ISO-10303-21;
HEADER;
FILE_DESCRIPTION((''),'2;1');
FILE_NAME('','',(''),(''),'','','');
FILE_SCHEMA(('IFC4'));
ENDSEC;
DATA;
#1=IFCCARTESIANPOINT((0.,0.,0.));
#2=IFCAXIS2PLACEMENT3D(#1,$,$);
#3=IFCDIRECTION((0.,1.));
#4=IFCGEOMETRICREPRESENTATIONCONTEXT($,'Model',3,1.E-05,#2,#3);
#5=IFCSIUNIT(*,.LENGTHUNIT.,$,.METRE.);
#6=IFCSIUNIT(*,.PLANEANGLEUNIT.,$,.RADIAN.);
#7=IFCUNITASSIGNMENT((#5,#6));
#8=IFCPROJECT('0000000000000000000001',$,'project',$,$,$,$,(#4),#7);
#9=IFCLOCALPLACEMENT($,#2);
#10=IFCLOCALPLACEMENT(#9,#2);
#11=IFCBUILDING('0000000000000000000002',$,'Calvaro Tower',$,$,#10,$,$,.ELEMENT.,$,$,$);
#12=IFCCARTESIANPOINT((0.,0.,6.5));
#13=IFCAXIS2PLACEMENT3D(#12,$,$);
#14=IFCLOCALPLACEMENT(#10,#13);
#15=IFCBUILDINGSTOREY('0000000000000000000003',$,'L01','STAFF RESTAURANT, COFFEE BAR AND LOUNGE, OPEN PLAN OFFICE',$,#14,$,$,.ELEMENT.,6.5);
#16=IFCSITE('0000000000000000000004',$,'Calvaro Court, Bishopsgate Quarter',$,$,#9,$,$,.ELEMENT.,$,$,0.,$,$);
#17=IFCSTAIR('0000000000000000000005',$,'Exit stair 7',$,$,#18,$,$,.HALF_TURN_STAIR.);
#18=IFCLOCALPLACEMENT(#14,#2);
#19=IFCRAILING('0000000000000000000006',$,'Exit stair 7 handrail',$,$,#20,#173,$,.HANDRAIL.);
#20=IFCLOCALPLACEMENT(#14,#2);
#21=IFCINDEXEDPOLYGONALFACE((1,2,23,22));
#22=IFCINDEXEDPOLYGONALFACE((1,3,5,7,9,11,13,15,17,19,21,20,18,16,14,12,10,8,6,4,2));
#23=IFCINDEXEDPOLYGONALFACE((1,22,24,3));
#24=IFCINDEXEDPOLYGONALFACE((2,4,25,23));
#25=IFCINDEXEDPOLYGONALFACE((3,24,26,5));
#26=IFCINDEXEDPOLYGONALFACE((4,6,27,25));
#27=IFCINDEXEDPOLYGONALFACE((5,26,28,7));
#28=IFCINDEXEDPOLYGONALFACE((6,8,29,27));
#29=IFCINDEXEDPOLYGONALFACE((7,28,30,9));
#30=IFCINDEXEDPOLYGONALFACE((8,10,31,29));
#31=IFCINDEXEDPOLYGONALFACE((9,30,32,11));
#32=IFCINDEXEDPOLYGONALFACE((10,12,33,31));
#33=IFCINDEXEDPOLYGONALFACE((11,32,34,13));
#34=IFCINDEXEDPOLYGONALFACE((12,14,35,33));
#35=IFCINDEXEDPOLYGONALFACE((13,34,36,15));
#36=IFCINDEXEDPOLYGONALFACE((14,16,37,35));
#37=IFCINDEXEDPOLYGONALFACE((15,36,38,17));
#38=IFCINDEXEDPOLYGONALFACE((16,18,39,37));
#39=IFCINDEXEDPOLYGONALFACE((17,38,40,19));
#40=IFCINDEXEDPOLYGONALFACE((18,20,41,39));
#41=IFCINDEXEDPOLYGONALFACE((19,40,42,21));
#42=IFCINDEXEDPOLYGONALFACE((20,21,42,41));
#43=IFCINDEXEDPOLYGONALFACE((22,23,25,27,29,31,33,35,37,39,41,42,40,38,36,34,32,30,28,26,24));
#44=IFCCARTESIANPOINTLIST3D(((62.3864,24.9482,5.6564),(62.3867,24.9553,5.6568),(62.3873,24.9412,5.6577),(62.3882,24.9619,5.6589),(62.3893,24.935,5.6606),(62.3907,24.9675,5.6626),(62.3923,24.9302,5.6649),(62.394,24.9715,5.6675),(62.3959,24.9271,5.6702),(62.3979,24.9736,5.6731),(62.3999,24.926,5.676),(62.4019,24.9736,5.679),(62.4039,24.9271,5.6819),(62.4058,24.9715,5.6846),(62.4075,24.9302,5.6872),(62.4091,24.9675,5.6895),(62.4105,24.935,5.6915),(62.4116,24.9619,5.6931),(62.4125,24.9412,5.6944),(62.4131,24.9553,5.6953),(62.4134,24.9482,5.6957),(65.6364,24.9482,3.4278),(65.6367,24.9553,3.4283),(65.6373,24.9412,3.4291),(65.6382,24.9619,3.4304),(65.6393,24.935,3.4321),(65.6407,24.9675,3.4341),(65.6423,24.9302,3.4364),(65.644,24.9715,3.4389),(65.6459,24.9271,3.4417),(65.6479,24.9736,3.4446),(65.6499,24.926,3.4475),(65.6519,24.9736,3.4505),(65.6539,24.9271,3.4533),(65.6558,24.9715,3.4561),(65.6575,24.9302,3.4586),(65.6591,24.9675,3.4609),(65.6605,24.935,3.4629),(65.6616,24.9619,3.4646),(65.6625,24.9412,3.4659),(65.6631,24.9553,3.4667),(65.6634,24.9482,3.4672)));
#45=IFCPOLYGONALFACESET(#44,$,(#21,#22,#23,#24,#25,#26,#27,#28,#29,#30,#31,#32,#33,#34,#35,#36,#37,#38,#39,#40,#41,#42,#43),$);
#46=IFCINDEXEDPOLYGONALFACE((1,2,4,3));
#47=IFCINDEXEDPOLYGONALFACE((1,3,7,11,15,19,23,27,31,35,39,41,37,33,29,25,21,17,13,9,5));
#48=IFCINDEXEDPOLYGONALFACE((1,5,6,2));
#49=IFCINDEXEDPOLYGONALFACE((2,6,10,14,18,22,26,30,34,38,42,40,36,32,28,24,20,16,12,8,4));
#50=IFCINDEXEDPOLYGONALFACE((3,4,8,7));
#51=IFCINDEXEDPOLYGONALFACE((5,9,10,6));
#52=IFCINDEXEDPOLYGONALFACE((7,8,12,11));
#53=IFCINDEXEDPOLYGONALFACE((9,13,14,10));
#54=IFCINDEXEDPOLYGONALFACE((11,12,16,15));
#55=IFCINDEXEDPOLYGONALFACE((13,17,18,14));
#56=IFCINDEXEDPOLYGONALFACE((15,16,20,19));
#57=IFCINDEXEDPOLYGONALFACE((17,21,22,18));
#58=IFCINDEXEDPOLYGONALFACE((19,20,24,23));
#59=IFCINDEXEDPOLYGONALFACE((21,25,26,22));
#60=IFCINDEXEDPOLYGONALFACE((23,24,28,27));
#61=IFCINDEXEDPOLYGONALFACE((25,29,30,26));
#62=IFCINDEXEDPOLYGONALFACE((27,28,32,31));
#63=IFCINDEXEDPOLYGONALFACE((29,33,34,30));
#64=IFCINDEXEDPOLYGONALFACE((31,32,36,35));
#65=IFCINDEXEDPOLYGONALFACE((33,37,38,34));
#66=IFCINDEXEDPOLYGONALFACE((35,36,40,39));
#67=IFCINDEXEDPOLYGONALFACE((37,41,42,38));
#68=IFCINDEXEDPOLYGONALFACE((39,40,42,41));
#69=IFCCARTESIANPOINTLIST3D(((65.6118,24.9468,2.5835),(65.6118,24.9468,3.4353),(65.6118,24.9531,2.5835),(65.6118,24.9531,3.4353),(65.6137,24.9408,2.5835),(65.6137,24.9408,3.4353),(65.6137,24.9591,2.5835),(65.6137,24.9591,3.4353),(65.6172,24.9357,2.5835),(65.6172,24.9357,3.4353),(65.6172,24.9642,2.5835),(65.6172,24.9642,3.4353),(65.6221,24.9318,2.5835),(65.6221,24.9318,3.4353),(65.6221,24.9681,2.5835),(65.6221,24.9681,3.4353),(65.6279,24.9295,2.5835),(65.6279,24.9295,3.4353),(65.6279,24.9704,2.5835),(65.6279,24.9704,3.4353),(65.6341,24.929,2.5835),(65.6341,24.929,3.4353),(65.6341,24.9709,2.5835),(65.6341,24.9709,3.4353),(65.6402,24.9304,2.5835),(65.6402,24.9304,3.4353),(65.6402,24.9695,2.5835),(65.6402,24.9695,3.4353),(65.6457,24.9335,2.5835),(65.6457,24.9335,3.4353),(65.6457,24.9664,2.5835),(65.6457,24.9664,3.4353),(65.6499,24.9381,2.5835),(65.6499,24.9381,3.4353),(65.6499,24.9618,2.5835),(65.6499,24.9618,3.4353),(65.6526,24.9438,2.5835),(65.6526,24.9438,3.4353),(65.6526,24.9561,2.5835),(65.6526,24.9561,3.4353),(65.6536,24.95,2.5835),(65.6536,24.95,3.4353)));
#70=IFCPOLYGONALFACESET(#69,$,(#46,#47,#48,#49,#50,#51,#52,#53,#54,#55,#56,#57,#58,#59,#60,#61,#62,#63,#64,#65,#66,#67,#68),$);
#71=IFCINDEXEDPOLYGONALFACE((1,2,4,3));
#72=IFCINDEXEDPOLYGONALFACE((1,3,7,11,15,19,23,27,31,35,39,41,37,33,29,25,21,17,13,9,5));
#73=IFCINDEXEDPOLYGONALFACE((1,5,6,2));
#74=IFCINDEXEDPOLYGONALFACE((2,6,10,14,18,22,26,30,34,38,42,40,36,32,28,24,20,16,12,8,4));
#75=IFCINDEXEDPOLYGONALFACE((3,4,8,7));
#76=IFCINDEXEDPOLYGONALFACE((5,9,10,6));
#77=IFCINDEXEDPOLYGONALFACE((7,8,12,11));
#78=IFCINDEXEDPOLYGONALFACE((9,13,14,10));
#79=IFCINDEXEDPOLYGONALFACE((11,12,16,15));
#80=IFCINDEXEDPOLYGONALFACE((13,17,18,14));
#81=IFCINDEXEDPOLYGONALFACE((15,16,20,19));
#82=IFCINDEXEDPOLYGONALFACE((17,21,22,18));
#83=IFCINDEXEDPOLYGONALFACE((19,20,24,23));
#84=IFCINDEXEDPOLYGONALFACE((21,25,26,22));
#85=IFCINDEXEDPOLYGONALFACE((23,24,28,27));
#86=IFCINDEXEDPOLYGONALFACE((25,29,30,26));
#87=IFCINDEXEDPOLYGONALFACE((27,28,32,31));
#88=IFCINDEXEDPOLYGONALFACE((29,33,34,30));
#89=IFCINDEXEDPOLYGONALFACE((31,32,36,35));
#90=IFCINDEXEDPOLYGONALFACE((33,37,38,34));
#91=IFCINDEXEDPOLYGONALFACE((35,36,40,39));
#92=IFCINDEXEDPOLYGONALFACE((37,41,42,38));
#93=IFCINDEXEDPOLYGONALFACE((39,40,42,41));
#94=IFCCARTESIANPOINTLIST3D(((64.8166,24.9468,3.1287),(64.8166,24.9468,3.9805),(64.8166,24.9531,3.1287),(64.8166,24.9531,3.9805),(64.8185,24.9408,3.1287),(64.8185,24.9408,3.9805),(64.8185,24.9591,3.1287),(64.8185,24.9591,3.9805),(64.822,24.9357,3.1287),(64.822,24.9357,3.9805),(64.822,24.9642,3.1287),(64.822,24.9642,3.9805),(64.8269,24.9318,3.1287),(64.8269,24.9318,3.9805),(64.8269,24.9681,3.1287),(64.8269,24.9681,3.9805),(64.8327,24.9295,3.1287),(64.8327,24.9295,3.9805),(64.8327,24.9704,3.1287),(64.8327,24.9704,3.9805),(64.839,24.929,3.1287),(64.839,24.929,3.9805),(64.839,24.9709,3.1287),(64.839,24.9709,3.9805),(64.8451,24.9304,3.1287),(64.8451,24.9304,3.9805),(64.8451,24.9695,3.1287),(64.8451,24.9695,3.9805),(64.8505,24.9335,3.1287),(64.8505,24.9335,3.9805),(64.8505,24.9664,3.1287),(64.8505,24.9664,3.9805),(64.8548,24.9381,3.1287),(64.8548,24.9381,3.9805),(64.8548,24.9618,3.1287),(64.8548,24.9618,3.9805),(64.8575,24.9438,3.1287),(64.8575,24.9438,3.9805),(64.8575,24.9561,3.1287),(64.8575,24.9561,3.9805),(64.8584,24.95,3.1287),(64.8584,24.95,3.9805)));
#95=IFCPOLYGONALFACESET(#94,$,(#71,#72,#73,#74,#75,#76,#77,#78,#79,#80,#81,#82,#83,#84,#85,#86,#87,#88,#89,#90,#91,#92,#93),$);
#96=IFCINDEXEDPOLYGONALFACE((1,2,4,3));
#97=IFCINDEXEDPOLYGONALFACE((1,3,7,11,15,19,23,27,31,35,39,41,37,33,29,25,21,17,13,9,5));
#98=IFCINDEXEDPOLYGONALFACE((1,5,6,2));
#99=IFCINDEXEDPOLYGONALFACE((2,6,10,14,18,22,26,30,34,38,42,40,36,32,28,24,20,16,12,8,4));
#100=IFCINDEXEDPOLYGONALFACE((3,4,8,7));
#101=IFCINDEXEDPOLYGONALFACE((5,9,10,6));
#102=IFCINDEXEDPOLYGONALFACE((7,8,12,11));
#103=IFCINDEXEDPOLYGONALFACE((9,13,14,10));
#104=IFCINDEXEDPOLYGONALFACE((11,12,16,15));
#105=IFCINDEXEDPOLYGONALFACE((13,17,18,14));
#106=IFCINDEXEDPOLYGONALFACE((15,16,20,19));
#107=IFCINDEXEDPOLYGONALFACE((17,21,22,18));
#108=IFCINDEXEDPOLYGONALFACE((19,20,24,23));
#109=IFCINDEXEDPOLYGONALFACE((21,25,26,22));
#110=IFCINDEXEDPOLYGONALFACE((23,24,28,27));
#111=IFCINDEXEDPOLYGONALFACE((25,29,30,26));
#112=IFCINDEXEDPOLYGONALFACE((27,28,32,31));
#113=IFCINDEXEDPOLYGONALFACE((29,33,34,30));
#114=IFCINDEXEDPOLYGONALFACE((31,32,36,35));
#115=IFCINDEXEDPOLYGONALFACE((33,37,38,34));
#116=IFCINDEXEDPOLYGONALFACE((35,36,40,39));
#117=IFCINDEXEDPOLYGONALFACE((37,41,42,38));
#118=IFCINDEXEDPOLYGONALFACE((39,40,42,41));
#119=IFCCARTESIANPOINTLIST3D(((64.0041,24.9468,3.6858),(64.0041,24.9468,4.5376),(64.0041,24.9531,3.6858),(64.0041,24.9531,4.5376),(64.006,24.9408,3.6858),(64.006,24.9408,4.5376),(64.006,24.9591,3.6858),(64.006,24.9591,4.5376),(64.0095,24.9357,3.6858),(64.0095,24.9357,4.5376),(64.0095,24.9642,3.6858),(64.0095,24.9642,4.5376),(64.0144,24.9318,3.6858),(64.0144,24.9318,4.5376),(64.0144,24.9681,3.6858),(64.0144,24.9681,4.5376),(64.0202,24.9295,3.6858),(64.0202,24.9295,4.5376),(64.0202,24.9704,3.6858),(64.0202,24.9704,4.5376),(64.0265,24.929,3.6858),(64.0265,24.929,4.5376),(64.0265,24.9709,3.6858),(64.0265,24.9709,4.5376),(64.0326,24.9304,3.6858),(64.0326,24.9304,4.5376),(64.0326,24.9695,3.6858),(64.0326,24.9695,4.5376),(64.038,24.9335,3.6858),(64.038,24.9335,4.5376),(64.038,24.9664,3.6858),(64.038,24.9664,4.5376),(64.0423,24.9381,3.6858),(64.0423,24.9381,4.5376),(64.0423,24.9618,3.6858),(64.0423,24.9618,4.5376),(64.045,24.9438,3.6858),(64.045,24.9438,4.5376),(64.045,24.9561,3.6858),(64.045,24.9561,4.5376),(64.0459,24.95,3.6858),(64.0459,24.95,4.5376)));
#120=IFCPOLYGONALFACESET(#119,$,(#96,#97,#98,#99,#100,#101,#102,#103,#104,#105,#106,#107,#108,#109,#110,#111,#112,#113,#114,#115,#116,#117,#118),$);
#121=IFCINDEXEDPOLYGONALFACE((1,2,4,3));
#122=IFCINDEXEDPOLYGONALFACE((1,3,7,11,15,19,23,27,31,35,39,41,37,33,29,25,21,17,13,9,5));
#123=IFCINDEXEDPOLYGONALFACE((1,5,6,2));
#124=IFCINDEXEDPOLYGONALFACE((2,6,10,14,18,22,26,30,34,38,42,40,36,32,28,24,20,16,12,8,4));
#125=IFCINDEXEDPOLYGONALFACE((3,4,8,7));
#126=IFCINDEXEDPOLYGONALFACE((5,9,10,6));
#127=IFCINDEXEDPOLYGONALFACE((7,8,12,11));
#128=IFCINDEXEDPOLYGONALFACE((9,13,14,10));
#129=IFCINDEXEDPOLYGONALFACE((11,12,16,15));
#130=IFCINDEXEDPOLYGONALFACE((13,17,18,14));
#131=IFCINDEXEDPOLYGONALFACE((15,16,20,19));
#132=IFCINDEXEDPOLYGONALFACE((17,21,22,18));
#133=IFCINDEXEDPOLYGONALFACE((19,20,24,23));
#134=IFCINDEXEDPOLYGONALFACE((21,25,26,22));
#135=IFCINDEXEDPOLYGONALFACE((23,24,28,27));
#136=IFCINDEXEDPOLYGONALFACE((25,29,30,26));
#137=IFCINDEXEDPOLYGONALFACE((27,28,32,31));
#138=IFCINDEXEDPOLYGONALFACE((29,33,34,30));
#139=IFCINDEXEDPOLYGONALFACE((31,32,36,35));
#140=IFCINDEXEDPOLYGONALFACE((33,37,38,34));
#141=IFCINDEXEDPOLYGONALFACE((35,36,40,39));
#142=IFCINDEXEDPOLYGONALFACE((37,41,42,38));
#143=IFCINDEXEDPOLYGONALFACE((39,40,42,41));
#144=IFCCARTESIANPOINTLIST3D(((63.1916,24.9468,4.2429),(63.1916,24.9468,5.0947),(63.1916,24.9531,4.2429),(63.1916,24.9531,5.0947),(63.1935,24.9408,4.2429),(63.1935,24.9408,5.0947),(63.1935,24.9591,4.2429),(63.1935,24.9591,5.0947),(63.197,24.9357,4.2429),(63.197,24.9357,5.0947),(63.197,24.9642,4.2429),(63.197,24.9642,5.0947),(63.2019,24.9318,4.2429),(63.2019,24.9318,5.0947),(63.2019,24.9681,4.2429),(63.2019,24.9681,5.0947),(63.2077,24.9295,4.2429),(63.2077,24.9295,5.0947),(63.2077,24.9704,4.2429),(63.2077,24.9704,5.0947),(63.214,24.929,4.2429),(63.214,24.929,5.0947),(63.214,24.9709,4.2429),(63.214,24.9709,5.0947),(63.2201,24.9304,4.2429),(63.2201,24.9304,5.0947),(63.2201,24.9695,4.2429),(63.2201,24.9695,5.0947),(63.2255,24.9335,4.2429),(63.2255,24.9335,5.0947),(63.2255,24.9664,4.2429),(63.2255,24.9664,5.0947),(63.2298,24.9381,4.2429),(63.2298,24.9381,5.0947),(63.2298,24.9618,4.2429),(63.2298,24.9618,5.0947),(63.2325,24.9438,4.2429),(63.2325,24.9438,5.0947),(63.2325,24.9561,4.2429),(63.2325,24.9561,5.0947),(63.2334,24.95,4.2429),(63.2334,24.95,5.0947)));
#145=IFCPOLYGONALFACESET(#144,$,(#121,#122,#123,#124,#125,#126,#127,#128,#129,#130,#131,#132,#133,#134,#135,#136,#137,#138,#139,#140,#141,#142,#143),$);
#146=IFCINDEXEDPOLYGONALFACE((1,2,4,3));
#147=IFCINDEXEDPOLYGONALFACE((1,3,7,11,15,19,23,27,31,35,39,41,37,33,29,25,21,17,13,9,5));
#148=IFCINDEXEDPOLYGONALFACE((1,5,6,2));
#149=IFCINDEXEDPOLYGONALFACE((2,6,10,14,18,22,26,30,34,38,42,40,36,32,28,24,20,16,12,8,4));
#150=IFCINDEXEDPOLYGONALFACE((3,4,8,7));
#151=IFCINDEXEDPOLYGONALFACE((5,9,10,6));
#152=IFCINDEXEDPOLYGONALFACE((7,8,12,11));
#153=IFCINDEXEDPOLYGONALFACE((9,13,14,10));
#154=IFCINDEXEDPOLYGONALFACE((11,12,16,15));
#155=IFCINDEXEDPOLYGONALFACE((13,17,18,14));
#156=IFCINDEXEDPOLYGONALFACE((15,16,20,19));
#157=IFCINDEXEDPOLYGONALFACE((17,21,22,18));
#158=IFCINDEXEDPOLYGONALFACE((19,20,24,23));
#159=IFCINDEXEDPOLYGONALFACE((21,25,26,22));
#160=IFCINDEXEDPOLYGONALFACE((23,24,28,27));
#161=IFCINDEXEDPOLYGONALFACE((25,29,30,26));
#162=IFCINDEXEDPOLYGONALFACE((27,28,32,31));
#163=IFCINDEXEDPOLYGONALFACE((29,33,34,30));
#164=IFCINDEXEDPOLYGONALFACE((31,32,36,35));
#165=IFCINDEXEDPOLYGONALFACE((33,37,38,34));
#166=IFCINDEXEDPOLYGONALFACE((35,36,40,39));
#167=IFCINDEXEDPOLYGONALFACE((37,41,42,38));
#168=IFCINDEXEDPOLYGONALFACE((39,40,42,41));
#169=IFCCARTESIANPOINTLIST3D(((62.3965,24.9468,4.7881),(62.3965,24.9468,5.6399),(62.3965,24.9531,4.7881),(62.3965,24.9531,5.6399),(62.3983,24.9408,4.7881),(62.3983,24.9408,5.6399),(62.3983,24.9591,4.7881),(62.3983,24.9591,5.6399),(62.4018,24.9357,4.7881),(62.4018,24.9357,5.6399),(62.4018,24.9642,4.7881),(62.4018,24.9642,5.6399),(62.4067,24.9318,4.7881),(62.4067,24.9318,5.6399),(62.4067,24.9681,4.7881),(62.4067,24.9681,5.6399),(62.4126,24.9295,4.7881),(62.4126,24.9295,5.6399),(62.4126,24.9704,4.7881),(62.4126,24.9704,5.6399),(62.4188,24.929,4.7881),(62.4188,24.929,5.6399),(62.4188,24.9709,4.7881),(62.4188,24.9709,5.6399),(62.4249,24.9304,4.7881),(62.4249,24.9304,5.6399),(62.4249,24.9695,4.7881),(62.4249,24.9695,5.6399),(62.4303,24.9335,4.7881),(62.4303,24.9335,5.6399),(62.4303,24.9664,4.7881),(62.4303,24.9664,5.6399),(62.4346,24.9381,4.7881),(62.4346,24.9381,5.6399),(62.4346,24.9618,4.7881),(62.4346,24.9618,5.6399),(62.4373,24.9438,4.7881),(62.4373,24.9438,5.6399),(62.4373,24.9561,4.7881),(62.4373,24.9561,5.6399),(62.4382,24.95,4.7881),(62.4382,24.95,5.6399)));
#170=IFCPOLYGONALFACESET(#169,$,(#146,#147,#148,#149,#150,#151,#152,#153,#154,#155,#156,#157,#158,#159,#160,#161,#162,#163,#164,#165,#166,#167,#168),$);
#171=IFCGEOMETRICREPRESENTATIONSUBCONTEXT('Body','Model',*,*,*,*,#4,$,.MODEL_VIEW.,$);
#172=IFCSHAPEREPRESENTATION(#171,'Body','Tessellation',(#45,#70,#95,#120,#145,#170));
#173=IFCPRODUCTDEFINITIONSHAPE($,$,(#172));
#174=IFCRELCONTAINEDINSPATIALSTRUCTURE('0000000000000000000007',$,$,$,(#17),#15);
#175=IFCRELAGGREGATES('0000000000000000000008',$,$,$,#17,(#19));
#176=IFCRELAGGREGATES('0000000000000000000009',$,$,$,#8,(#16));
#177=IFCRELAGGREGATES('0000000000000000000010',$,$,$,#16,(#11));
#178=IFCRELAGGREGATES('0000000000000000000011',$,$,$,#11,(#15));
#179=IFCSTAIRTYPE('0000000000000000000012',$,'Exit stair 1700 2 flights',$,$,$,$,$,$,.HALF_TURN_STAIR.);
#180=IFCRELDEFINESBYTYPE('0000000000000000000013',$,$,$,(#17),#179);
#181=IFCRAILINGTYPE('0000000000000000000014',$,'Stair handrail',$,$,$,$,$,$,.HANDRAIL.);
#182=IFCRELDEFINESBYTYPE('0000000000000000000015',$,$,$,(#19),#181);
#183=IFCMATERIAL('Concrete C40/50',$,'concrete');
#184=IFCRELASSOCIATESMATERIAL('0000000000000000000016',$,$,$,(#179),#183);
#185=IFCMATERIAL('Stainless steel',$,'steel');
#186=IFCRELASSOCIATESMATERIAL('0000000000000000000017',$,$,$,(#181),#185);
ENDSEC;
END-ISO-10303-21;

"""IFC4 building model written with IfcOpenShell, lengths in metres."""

from ifc_helpers import new_model, si_unit, direction, frame, origin, origin_2d, place, context, subcontext, project, spatial, circle, extrude, material, type_object, element, aggregate, save


model = new_model("IFC4")

# Units and contexts
model_context = context("Model", 3, precision=1e-05, world=origin(), true_north=direction((0.0, 1.0)))
body_context = subcontext(model_context, "Body", "Model", "MODEL_VIEW")
ifc_project = project(units=[si_unit("LENGTHUNIT", "METRE"), si_unit("PLANEANGLEUNIT", "RADIAN")], contexts=[model_context])

# Site, building, storey
site_placement = place(None, origin())
site = spatial("IfcSite", under=ifc_project, at=site_placement, Name="Calvaro Court, Bishopsgate Quarter", CompositionType="ELEMENT", RefElevation=0.0)
building_placement = place(site_placement, origin())
building = spatial("IfcBuilding", under=site, at=building_placement, Name="Calvaro Tower", CompositionType="ELEMENT")
storey_placement = place(building_placement, frame((0.0, 0.0, 6.5)))
storey = spatial("IfcBuildingStorey", under=building, at=storey_placement, Name="L01", Description="STAFF RESTAURANT, COFFEE BAR AND LOUNGE, OPEN PLAN OFFICE", CompositionType="ELEMENT", Elevation=6.5)

# Stair
ifc_material_1 = material(Name="Concrete C40/50", Category="concrete")
stair_type_1 = type_object("IfcStairType", Name="Exit stair 1700 2 flights", PredefinedType="HALF_TURN_STAIR", material=ifc_material_1)
stair_1_placement = place(storey_placement, origin())
stair_1 = element("IfcStair", 1, at=stair_1_placement, inside=storey, type_object=stair_type_1, Name="Exit stair 7", PredefinedType="HALF_TURN_STAIR")

# Railing
ifc_material_2 = material(Name="Stainless steel", Category="steel")
railing_type = type_object("IfcRailingType", Name="Stair handrail", PredefinedType="HANDRAIL", material=ifc_material_2)
railing_1_placement = place(storey_placement, frame((65.6499, 24.95, 2.5715)))
railing_1 = element("IfcRailing", 2, at=railing_1_placement, type_object=railing_type, Name="Exit stair 7 handrail", PredefinedType="HANDRAIL", context=body_context, shape_type="SweptSolid", body=[
    extrude(circle(Radius=0.0239, at=origin_2d()), frame((0.0, 0.0, 0.876), z_axis=(-0.824735, 0.0, 0.565519), x_axis=(0.0, -1.0, 0.0)), (0.0, 0.0, 1.0), 3.9407),
    extrude(circle(Radius=0.021, at=origin_2d()), frame((-0.0173, 0.0, 0.012)), (0.0, 0.0, 1.0), 0.8518),
    extrude(circle(Radius=0.021, at=origin_2d()), frame((-0.8125, 0.0, 0.5571)), (0.0, 0.0, 1.0), 0.8518),
    extrude(circle(Radius=0.021, at=origin_2d()), frame((-1.625, 0.0, 1.1143)), (0.0, 0.0, 1.0), 0.8518),
    extrude(circle(Radius=0.021, at=origin_2d()), frame((-2.4375, 0.0, 1.6714)), (0.0, 0.0, 1.0), 0.8518),
    extrude(circle(Radius=0.021, at=origin_2d()), frame((-3.2327, 0.0, 2.2166)), (0.0, 0.0, 1.0), 0.8518),
])
aggregate(stair_1, [railing_1])

save(model, "model.ifc")
